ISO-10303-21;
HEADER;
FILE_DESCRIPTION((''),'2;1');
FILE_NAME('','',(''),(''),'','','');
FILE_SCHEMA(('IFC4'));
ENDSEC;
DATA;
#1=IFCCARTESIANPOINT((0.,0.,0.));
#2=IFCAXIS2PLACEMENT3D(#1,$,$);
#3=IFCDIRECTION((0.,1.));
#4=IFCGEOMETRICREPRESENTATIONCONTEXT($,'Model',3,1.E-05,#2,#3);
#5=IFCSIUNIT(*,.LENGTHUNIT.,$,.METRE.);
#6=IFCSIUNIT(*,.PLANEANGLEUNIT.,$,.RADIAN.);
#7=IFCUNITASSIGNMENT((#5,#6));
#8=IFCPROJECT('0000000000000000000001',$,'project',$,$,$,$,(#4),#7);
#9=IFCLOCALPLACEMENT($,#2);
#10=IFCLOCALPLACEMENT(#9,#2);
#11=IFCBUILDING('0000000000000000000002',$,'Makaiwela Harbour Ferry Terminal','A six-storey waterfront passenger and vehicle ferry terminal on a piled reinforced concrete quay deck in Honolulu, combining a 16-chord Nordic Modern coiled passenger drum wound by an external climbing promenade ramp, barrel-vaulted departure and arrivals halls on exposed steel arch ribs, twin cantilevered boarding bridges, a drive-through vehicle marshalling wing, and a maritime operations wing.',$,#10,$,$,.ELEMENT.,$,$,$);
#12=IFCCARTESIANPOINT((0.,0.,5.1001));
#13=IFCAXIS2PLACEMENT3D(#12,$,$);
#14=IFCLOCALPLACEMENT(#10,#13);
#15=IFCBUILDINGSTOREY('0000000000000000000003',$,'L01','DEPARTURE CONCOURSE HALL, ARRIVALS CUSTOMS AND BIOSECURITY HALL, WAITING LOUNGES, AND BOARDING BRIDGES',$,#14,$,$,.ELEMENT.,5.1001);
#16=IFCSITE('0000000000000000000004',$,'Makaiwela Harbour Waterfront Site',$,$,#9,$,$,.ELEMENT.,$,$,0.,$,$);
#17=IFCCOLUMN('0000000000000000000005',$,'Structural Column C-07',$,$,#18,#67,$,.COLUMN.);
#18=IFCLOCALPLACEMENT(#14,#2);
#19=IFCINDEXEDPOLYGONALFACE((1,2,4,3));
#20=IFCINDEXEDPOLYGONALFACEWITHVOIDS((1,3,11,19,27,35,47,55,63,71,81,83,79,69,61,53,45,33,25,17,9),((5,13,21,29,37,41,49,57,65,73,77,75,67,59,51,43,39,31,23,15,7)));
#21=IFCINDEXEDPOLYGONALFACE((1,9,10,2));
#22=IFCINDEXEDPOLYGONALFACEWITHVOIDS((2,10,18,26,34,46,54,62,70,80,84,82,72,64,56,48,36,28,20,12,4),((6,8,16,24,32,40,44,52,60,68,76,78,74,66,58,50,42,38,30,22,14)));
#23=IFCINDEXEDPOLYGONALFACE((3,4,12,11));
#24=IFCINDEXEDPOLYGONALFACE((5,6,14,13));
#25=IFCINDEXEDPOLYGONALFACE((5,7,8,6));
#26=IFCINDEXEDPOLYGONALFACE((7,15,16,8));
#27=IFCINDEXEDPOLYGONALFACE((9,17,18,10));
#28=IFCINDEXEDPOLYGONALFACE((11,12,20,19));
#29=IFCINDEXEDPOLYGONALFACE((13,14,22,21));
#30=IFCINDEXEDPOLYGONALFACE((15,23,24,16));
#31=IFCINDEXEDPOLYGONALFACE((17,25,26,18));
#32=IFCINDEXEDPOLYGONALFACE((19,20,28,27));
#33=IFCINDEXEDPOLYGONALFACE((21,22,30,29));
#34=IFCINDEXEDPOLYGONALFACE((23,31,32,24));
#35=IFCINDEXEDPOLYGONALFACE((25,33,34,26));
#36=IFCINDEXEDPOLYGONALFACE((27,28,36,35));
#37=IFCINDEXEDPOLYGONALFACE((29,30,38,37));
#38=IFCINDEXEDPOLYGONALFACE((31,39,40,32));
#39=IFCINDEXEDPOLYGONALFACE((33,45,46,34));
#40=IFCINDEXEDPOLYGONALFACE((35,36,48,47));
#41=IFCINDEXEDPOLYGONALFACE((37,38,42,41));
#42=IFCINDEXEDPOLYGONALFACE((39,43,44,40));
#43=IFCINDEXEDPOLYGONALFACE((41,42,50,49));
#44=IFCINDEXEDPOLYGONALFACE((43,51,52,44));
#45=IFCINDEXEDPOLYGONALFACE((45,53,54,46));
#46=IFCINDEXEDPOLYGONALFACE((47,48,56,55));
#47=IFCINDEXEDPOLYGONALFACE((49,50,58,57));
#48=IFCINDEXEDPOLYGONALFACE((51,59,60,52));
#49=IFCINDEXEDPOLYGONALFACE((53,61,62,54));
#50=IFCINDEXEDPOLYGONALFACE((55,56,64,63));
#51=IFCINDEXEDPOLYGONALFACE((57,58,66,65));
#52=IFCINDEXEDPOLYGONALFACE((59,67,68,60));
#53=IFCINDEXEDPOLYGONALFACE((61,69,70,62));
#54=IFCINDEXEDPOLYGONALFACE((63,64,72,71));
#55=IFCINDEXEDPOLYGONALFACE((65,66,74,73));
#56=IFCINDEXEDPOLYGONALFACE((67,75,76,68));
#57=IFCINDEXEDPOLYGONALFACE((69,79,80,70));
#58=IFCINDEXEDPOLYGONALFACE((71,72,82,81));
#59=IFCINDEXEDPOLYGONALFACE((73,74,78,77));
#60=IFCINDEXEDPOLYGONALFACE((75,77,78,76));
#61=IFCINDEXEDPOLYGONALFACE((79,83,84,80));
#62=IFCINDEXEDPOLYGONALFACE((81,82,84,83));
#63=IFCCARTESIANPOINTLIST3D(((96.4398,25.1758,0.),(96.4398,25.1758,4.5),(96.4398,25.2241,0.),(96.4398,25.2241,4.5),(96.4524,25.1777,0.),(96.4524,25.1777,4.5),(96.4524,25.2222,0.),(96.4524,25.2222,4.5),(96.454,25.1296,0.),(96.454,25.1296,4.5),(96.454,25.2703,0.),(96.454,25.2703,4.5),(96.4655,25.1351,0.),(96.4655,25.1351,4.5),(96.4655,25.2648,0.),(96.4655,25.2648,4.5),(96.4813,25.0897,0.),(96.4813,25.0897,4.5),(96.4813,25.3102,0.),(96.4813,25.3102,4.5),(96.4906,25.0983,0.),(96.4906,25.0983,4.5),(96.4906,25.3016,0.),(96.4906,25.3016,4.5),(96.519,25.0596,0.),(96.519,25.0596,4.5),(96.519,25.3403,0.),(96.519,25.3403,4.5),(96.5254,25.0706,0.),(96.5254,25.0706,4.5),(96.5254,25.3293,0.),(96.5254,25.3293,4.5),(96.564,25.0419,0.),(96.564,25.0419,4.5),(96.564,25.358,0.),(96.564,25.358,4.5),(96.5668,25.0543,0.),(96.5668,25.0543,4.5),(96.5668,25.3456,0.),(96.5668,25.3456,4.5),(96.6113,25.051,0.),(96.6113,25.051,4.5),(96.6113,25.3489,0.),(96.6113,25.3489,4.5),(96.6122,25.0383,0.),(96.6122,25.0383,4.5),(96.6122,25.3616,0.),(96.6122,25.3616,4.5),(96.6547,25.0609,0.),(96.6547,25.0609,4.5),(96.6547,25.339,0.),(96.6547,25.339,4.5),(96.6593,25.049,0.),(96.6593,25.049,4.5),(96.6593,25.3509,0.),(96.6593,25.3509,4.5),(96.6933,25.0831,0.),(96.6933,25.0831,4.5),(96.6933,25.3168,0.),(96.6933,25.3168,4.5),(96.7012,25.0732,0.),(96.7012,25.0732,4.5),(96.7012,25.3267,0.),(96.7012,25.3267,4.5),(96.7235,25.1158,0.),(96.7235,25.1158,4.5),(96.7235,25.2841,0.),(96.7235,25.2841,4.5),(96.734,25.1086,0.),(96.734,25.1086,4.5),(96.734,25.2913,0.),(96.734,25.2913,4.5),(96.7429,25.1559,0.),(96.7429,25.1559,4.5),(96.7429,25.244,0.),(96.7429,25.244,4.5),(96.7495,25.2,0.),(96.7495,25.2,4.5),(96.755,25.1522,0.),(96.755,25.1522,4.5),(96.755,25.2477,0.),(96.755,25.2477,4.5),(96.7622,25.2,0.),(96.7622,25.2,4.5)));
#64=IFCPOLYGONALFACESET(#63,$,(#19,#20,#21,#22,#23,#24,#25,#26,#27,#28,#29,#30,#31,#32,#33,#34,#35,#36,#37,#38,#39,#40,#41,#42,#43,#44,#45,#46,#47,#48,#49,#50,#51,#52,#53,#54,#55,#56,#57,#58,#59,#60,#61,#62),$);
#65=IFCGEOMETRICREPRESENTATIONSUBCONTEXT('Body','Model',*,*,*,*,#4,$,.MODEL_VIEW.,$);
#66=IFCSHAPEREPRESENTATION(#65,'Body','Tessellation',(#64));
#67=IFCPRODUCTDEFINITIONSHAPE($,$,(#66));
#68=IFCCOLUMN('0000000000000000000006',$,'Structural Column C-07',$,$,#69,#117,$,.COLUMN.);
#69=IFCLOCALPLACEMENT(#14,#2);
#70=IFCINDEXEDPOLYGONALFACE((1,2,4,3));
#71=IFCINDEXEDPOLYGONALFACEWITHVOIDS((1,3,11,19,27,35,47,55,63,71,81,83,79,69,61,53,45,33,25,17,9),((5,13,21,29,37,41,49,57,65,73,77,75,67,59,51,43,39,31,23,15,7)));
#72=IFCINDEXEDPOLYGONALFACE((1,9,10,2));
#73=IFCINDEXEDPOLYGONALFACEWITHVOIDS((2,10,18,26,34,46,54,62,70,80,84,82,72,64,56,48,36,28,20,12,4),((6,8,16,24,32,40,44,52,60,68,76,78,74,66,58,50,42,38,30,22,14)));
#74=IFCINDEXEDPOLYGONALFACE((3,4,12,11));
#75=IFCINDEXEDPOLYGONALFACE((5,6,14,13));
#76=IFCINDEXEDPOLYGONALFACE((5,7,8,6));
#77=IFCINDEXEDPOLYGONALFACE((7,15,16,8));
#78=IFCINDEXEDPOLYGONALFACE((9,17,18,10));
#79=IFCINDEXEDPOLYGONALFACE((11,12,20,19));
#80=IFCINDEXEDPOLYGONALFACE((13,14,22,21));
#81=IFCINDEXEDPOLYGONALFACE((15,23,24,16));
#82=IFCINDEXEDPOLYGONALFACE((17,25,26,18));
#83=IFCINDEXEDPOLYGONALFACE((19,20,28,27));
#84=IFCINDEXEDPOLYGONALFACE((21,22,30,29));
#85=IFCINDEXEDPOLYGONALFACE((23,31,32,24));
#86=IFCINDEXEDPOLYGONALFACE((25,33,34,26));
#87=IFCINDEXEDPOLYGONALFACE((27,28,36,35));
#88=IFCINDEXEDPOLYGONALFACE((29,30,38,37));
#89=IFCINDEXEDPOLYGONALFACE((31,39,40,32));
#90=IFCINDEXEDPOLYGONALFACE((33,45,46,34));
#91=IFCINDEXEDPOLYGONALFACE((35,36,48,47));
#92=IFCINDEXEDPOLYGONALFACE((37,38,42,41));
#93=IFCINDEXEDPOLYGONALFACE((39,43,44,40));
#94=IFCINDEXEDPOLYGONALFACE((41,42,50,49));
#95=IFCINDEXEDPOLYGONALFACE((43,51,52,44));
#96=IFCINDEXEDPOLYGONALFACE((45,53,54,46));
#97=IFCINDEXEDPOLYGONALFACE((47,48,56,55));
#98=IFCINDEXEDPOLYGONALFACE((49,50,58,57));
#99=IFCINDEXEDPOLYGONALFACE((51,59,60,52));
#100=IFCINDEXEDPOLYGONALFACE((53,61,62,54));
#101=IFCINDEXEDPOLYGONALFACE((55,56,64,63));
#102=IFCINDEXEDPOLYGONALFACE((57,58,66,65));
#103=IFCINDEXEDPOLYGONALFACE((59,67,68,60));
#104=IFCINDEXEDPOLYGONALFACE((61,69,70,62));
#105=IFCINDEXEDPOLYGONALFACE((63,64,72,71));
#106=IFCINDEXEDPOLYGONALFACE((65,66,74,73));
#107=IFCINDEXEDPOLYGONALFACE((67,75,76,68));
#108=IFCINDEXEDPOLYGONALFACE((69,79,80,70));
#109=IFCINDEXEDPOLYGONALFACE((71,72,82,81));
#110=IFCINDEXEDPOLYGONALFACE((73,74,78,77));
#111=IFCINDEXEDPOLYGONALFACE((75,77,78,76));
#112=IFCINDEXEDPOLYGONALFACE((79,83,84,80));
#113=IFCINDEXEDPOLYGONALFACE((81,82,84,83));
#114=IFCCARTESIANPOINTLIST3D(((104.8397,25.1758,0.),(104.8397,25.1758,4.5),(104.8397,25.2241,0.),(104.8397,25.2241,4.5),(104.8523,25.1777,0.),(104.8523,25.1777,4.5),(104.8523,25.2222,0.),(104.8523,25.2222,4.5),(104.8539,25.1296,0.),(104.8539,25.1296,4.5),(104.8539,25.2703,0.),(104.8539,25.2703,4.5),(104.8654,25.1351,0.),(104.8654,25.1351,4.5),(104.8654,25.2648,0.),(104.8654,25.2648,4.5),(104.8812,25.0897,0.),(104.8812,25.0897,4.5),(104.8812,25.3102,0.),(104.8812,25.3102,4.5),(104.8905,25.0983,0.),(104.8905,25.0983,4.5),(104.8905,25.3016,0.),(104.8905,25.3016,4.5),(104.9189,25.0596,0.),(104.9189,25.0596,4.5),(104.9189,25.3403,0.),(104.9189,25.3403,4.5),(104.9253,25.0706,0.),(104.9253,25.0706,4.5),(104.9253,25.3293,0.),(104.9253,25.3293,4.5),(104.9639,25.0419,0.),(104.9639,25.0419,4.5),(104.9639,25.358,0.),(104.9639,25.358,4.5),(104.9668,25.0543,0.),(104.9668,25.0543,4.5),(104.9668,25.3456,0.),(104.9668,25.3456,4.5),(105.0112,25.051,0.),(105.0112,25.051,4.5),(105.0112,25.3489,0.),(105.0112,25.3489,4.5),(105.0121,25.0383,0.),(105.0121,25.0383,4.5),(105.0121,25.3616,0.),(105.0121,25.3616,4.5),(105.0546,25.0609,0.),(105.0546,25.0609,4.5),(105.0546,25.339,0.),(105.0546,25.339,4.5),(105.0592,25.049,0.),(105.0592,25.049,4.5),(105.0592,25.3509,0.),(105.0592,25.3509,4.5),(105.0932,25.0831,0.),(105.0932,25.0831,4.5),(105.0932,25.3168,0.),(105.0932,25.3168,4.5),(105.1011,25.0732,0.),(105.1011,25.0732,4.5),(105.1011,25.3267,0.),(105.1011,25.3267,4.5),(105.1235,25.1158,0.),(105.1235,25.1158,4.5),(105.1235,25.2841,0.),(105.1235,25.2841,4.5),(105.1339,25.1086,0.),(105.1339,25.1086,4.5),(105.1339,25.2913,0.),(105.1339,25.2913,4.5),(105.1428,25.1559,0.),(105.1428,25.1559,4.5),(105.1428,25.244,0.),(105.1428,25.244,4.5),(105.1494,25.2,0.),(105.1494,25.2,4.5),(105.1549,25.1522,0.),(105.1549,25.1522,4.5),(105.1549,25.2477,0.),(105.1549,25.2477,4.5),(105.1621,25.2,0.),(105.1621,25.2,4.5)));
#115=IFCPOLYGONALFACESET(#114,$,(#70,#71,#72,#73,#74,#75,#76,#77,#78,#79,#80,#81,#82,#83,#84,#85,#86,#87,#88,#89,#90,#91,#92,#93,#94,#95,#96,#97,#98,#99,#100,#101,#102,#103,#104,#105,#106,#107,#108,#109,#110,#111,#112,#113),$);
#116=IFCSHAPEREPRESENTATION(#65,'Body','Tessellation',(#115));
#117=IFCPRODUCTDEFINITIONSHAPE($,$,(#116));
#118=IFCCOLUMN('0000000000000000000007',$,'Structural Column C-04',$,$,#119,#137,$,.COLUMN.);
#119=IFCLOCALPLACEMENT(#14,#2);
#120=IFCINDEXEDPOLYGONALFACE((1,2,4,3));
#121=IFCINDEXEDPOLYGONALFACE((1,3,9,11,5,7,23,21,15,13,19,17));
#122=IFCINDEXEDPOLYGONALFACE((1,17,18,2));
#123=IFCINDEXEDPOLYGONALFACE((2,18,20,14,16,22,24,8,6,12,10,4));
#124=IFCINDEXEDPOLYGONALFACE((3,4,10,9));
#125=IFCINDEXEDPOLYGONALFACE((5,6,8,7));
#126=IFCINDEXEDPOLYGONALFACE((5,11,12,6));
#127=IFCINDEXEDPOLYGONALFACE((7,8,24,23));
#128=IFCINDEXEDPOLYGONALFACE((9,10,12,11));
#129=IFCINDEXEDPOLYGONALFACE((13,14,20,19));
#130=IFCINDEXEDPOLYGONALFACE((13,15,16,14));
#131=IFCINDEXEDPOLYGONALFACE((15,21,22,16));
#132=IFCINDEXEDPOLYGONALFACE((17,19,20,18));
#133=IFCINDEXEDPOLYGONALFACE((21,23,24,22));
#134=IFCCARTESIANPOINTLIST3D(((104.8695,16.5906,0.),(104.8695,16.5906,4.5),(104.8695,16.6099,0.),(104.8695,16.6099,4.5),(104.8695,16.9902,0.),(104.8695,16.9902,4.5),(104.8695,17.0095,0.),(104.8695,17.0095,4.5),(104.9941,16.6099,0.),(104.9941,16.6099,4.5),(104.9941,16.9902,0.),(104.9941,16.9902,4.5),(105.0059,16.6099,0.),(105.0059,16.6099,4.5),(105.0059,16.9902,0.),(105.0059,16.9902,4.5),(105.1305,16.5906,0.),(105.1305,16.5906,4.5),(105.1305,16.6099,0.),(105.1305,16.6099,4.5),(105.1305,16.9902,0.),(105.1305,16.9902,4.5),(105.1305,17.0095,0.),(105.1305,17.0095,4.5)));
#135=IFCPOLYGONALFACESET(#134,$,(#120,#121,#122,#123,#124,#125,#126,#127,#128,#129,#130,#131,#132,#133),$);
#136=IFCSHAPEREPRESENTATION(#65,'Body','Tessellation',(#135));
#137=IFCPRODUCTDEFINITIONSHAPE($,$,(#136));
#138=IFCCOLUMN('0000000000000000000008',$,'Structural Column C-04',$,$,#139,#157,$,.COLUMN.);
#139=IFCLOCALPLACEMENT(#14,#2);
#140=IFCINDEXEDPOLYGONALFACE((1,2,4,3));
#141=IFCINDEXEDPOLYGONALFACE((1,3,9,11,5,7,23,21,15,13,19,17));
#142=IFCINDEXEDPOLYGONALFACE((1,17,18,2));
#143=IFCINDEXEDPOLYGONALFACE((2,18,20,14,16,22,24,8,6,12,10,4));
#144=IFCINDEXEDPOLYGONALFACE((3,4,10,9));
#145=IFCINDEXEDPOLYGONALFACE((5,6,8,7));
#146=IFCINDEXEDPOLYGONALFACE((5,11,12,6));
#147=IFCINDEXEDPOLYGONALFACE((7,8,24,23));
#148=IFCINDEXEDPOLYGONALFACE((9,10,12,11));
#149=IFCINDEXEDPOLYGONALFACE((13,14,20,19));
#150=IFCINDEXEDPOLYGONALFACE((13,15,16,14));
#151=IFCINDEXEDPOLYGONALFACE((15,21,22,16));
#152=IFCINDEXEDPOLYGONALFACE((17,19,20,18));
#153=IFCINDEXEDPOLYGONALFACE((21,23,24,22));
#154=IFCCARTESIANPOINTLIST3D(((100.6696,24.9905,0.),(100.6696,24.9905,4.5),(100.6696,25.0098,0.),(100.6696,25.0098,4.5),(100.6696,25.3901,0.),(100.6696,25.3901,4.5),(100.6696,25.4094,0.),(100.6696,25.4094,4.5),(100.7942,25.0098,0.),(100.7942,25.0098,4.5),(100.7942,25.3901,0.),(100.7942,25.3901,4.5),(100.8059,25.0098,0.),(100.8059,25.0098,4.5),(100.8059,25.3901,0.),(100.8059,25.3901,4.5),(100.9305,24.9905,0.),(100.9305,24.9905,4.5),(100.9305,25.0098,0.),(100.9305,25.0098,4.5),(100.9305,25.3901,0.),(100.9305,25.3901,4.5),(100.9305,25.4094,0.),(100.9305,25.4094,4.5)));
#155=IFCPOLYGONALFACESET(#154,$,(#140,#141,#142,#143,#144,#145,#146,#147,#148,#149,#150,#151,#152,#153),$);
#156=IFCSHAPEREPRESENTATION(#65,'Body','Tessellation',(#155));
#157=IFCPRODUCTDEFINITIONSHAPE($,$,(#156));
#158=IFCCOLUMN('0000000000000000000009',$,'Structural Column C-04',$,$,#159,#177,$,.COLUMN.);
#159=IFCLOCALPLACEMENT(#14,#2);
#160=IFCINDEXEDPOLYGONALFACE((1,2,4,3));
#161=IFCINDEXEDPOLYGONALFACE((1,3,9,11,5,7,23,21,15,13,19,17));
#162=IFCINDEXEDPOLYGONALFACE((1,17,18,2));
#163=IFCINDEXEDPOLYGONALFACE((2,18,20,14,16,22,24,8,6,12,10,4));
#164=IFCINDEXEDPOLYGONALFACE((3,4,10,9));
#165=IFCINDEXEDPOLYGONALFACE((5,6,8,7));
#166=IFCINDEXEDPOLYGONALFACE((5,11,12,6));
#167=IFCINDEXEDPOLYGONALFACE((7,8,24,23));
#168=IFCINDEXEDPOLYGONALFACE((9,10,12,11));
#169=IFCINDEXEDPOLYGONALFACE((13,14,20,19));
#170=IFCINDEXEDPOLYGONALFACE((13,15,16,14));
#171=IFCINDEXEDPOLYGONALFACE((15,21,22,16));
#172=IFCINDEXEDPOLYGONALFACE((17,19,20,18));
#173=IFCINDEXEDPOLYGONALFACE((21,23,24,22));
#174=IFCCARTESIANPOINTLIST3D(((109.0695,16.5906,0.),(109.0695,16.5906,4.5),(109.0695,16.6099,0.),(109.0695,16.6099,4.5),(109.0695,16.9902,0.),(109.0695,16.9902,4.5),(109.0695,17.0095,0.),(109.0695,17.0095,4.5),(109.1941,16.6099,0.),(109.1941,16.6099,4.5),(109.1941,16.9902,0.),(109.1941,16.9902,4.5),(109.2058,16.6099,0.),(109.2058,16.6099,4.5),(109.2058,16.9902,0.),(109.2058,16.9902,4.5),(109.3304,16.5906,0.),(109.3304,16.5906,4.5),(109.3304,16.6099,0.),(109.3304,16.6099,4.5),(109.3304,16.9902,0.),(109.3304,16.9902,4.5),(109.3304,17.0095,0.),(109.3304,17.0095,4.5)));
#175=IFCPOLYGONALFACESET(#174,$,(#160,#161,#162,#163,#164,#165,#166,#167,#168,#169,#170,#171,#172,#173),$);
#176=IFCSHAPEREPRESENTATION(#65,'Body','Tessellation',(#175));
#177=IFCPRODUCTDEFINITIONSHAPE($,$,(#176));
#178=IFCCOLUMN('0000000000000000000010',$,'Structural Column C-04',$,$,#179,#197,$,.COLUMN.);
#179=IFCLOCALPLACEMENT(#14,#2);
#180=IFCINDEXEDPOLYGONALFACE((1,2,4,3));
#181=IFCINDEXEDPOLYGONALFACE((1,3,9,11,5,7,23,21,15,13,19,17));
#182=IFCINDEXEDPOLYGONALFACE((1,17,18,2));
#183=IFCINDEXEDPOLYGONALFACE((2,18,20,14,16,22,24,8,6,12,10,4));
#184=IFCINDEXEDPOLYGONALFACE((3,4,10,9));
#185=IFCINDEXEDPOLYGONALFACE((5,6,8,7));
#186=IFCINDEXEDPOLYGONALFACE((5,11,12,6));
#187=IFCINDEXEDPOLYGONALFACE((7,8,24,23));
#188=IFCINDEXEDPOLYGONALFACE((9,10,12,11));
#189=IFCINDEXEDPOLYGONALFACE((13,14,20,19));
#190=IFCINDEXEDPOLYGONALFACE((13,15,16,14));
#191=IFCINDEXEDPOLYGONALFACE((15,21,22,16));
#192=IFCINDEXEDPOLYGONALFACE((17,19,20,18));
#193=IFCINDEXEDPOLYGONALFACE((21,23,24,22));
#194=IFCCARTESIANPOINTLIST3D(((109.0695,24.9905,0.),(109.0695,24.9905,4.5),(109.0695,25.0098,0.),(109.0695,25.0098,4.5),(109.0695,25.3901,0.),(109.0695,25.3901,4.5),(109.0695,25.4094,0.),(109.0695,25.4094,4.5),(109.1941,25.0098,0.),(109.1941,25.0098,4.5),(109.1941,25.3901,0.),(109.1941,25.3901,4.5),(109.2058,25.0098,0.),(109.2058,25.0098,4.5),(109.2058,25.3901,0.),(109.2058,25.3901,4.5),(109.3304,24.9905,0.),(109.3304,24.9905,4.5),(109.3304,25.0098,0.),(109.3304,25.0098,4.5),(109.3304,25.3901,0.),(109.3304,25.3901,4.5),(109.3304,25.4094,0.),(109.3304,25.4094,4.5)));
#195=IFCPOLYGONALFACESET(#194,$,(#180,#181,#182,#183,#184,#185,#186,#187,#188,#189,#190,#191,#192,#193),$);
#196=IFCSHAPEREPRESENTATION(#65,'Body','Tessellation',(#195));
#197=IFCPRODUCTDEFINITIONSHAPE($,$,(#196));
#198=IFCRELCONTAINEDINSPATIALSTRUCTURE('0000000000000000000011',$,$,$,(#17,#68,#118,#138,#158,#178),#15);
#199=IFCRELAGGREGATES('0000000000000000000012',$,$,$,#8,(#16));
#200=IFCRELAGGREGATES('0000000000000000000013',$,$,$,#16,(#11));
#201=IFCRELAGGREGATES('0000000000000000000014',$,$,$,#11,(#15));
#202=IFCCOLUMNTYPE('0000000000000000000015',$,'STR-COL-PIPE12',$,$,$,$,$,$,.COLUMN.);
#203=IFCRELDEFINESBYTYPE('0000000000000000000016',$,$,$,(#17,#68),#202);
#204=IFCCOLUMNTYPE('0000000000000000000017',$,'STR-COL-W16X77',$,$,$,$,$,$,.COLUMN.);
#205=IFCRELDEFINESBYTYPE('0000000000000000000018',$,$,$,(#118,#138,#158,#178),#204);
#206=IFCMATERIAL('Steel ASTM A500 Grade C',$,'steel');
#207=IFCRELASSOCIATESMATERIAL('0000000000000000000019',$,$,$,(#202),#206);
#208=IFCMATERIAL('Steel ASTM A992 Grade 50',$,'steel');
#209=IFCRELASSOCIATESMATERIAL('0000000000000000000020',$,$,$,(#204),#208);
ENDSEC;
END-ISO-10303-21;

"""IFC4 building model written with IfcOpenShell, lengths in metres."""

from ifc_helpers import new_model, si_unit, direction, frame, origin, origin_2d, place, context, subcontext, project, spatial, hollow_circle, i_section, extrude, material, material_profile, profile_set, type_object, element, save


model = new_model("IFC4")

# Units and contexts
model_context = context("Model", 3, precision=1e-05, world=origin(), true_north=direction((0.0, 1.0)))
body_context = subcontext(model_context, "Body", "Model", "MODEL_VIEW")
ifc_project = project(units=[si_unit("LENGTHUNIT", "METRE"), si_unit("PLANEANGLEUNIT", "RADIAN")], contexts=[model_context])

# Site, building, storey
site_placement = place(None, origin())
site = spatial("IfcSite", under=ifc_project, at=site_placement, Name="Makaiwela Harbour Waterfront Site", CompositionType="ELEMENT", RefElevation=0.0)
building_placement = place(site_placement, origin())
building = spatial("IfcBuilding", under=site, at=building_placement, Name="Makaiwela Harbour Ferry Terminal", Description="A six-storey waterfront passenger and vehicle ferry terminal on a piled reinforced concrete quay deck in Honolulu, combining a 16-chord Nordic Modern coiled passenger drum wound by an external climbing promenade ramp, barrel-vaulted departure and arrivals halls on exposed steel arch ribs, twin cantilevered boarding bridges, a drive-through vehicle marshalling wing, and a maritime operations wing.", CompositionType="ELEMENT")
storey_placement = place(building_placement, frame((0.0, 0.0, 5.1001)))
storey = spatial("IfcBuildingStorey", under=building, at=storey_placement, Name="L01", Description="DEPARTURE CONCOURSE HALL, ARRIVALS CUSTOMS AND BIOSECURITY HALL, WAITING LOUNGES, AND BOARDING BRIDGES", CompositionType="ELEMENT", Elevation=5.1001)

# Columns
ifc_material_1 = material(Name="Steel ASTM A500 Grade C", Category="steel")
ifc_material_profile_1 = material_profile(ifc_material_1, hollow_circle(Radius=0.1621, WallThickness=0.0127, at=origin_2d()), Name="PIPE12XS")
ifc_profile_set_1 = profile_set([ifc_material_profile_1], Name="Steel ASTM A500 Grade C")
column_type_1 = type_object("IfcColumnType", Name="STR-COL-PIPE12", PredefinedType="COLUMN", material=ifc_profile_set_1)
for number, where, z_axis, x_axis, name in (
    (1, (96.6001, 25.2, 0.0), (0.0, 0.0, 1.0), (1.0, 0.0, 0.0), "Structural Column C-07"),
    (2, (105.0, 25.2, 0.0), (0.0, 0.0, 1.0), (1.0, 0.0, 0.0), "Structural Column C-07"),
):
    element("IfcColumn", number, at=place(storey_placement, frame(where, z_axis=z_axis, x_axis=x_axis)), inside=storey, type_object=column_type_1, Name=name, PredefinedType="COLUMN", context=body_context, shape_type="SweptSolid", body=[
        extrude(hollow_circle(Radius=0.1621, WallThickness=0.0127, at=origin_2d()), origin(), (0.0, 0.0, 1.0), 4.5),
    ])
ifc_material_2 = material(Name="Steel ASTM A992 Grade 50", Category="steel")
ifc_material_profile_2 = material_profile(ifc_material_2, i_section(OverallWidth=0.261, OverallDepth=0.4189, WebThickness=0.0117, FlangeThickness=0.0193, at=origin_2d()), Name="W16X77")
ifc_profile_set_2 = profile_set([ifc_material_profile_2], Name="Steel ASTM A992 Grade 50")
column_type_2 = type_object("IfcColumnType", Name="STR-COL-W16X77", PredefinedType="COLUMN", material=ifc_profile_set_2)
for number, where, z_axis, x_axis, name in (
    (3, (105.0, 16.8, 0.0), (0.0, 0.0, 1.0), (1.0, 0.0, 0.0), "Structural Column C-04"),
    (4, (100.8, 25.2, 0.0), (0.0, 0.0, 1.0), (1.0, 0.0, 0.0), "Structural Column C-04"),
    (5, (109.2, 16.8, 0.0), (0.0, 0.0, 1.0), (1.0, 0.0, 0.0), "Structural Column C-04"),
    (6, (109.2, 25.2, 0.0), (0.0, 0.0, 1.0), (1.0, 0.0, 0.0), "Structural Column C-04"),
):
    element("IfcColumn", number, at=place(storey_placement, frame(where, z_axis=z_axis, x_axis=x_axis)), inside=storey, type_object=column_type_2, Name=name, PredefinedType="COLUMN", context=body_context, shape_type="SweptSolid", body=[
        extrude(i_section(OverallWidth=0.261, OverallDepth=0.4189, WebThickness=0.0117, FlangeThickness=0.0193, at=origin_2d()), origin(), (0.0, 0.0, 1.0), 4.5),
    ])

save(model, "model.ifc")
